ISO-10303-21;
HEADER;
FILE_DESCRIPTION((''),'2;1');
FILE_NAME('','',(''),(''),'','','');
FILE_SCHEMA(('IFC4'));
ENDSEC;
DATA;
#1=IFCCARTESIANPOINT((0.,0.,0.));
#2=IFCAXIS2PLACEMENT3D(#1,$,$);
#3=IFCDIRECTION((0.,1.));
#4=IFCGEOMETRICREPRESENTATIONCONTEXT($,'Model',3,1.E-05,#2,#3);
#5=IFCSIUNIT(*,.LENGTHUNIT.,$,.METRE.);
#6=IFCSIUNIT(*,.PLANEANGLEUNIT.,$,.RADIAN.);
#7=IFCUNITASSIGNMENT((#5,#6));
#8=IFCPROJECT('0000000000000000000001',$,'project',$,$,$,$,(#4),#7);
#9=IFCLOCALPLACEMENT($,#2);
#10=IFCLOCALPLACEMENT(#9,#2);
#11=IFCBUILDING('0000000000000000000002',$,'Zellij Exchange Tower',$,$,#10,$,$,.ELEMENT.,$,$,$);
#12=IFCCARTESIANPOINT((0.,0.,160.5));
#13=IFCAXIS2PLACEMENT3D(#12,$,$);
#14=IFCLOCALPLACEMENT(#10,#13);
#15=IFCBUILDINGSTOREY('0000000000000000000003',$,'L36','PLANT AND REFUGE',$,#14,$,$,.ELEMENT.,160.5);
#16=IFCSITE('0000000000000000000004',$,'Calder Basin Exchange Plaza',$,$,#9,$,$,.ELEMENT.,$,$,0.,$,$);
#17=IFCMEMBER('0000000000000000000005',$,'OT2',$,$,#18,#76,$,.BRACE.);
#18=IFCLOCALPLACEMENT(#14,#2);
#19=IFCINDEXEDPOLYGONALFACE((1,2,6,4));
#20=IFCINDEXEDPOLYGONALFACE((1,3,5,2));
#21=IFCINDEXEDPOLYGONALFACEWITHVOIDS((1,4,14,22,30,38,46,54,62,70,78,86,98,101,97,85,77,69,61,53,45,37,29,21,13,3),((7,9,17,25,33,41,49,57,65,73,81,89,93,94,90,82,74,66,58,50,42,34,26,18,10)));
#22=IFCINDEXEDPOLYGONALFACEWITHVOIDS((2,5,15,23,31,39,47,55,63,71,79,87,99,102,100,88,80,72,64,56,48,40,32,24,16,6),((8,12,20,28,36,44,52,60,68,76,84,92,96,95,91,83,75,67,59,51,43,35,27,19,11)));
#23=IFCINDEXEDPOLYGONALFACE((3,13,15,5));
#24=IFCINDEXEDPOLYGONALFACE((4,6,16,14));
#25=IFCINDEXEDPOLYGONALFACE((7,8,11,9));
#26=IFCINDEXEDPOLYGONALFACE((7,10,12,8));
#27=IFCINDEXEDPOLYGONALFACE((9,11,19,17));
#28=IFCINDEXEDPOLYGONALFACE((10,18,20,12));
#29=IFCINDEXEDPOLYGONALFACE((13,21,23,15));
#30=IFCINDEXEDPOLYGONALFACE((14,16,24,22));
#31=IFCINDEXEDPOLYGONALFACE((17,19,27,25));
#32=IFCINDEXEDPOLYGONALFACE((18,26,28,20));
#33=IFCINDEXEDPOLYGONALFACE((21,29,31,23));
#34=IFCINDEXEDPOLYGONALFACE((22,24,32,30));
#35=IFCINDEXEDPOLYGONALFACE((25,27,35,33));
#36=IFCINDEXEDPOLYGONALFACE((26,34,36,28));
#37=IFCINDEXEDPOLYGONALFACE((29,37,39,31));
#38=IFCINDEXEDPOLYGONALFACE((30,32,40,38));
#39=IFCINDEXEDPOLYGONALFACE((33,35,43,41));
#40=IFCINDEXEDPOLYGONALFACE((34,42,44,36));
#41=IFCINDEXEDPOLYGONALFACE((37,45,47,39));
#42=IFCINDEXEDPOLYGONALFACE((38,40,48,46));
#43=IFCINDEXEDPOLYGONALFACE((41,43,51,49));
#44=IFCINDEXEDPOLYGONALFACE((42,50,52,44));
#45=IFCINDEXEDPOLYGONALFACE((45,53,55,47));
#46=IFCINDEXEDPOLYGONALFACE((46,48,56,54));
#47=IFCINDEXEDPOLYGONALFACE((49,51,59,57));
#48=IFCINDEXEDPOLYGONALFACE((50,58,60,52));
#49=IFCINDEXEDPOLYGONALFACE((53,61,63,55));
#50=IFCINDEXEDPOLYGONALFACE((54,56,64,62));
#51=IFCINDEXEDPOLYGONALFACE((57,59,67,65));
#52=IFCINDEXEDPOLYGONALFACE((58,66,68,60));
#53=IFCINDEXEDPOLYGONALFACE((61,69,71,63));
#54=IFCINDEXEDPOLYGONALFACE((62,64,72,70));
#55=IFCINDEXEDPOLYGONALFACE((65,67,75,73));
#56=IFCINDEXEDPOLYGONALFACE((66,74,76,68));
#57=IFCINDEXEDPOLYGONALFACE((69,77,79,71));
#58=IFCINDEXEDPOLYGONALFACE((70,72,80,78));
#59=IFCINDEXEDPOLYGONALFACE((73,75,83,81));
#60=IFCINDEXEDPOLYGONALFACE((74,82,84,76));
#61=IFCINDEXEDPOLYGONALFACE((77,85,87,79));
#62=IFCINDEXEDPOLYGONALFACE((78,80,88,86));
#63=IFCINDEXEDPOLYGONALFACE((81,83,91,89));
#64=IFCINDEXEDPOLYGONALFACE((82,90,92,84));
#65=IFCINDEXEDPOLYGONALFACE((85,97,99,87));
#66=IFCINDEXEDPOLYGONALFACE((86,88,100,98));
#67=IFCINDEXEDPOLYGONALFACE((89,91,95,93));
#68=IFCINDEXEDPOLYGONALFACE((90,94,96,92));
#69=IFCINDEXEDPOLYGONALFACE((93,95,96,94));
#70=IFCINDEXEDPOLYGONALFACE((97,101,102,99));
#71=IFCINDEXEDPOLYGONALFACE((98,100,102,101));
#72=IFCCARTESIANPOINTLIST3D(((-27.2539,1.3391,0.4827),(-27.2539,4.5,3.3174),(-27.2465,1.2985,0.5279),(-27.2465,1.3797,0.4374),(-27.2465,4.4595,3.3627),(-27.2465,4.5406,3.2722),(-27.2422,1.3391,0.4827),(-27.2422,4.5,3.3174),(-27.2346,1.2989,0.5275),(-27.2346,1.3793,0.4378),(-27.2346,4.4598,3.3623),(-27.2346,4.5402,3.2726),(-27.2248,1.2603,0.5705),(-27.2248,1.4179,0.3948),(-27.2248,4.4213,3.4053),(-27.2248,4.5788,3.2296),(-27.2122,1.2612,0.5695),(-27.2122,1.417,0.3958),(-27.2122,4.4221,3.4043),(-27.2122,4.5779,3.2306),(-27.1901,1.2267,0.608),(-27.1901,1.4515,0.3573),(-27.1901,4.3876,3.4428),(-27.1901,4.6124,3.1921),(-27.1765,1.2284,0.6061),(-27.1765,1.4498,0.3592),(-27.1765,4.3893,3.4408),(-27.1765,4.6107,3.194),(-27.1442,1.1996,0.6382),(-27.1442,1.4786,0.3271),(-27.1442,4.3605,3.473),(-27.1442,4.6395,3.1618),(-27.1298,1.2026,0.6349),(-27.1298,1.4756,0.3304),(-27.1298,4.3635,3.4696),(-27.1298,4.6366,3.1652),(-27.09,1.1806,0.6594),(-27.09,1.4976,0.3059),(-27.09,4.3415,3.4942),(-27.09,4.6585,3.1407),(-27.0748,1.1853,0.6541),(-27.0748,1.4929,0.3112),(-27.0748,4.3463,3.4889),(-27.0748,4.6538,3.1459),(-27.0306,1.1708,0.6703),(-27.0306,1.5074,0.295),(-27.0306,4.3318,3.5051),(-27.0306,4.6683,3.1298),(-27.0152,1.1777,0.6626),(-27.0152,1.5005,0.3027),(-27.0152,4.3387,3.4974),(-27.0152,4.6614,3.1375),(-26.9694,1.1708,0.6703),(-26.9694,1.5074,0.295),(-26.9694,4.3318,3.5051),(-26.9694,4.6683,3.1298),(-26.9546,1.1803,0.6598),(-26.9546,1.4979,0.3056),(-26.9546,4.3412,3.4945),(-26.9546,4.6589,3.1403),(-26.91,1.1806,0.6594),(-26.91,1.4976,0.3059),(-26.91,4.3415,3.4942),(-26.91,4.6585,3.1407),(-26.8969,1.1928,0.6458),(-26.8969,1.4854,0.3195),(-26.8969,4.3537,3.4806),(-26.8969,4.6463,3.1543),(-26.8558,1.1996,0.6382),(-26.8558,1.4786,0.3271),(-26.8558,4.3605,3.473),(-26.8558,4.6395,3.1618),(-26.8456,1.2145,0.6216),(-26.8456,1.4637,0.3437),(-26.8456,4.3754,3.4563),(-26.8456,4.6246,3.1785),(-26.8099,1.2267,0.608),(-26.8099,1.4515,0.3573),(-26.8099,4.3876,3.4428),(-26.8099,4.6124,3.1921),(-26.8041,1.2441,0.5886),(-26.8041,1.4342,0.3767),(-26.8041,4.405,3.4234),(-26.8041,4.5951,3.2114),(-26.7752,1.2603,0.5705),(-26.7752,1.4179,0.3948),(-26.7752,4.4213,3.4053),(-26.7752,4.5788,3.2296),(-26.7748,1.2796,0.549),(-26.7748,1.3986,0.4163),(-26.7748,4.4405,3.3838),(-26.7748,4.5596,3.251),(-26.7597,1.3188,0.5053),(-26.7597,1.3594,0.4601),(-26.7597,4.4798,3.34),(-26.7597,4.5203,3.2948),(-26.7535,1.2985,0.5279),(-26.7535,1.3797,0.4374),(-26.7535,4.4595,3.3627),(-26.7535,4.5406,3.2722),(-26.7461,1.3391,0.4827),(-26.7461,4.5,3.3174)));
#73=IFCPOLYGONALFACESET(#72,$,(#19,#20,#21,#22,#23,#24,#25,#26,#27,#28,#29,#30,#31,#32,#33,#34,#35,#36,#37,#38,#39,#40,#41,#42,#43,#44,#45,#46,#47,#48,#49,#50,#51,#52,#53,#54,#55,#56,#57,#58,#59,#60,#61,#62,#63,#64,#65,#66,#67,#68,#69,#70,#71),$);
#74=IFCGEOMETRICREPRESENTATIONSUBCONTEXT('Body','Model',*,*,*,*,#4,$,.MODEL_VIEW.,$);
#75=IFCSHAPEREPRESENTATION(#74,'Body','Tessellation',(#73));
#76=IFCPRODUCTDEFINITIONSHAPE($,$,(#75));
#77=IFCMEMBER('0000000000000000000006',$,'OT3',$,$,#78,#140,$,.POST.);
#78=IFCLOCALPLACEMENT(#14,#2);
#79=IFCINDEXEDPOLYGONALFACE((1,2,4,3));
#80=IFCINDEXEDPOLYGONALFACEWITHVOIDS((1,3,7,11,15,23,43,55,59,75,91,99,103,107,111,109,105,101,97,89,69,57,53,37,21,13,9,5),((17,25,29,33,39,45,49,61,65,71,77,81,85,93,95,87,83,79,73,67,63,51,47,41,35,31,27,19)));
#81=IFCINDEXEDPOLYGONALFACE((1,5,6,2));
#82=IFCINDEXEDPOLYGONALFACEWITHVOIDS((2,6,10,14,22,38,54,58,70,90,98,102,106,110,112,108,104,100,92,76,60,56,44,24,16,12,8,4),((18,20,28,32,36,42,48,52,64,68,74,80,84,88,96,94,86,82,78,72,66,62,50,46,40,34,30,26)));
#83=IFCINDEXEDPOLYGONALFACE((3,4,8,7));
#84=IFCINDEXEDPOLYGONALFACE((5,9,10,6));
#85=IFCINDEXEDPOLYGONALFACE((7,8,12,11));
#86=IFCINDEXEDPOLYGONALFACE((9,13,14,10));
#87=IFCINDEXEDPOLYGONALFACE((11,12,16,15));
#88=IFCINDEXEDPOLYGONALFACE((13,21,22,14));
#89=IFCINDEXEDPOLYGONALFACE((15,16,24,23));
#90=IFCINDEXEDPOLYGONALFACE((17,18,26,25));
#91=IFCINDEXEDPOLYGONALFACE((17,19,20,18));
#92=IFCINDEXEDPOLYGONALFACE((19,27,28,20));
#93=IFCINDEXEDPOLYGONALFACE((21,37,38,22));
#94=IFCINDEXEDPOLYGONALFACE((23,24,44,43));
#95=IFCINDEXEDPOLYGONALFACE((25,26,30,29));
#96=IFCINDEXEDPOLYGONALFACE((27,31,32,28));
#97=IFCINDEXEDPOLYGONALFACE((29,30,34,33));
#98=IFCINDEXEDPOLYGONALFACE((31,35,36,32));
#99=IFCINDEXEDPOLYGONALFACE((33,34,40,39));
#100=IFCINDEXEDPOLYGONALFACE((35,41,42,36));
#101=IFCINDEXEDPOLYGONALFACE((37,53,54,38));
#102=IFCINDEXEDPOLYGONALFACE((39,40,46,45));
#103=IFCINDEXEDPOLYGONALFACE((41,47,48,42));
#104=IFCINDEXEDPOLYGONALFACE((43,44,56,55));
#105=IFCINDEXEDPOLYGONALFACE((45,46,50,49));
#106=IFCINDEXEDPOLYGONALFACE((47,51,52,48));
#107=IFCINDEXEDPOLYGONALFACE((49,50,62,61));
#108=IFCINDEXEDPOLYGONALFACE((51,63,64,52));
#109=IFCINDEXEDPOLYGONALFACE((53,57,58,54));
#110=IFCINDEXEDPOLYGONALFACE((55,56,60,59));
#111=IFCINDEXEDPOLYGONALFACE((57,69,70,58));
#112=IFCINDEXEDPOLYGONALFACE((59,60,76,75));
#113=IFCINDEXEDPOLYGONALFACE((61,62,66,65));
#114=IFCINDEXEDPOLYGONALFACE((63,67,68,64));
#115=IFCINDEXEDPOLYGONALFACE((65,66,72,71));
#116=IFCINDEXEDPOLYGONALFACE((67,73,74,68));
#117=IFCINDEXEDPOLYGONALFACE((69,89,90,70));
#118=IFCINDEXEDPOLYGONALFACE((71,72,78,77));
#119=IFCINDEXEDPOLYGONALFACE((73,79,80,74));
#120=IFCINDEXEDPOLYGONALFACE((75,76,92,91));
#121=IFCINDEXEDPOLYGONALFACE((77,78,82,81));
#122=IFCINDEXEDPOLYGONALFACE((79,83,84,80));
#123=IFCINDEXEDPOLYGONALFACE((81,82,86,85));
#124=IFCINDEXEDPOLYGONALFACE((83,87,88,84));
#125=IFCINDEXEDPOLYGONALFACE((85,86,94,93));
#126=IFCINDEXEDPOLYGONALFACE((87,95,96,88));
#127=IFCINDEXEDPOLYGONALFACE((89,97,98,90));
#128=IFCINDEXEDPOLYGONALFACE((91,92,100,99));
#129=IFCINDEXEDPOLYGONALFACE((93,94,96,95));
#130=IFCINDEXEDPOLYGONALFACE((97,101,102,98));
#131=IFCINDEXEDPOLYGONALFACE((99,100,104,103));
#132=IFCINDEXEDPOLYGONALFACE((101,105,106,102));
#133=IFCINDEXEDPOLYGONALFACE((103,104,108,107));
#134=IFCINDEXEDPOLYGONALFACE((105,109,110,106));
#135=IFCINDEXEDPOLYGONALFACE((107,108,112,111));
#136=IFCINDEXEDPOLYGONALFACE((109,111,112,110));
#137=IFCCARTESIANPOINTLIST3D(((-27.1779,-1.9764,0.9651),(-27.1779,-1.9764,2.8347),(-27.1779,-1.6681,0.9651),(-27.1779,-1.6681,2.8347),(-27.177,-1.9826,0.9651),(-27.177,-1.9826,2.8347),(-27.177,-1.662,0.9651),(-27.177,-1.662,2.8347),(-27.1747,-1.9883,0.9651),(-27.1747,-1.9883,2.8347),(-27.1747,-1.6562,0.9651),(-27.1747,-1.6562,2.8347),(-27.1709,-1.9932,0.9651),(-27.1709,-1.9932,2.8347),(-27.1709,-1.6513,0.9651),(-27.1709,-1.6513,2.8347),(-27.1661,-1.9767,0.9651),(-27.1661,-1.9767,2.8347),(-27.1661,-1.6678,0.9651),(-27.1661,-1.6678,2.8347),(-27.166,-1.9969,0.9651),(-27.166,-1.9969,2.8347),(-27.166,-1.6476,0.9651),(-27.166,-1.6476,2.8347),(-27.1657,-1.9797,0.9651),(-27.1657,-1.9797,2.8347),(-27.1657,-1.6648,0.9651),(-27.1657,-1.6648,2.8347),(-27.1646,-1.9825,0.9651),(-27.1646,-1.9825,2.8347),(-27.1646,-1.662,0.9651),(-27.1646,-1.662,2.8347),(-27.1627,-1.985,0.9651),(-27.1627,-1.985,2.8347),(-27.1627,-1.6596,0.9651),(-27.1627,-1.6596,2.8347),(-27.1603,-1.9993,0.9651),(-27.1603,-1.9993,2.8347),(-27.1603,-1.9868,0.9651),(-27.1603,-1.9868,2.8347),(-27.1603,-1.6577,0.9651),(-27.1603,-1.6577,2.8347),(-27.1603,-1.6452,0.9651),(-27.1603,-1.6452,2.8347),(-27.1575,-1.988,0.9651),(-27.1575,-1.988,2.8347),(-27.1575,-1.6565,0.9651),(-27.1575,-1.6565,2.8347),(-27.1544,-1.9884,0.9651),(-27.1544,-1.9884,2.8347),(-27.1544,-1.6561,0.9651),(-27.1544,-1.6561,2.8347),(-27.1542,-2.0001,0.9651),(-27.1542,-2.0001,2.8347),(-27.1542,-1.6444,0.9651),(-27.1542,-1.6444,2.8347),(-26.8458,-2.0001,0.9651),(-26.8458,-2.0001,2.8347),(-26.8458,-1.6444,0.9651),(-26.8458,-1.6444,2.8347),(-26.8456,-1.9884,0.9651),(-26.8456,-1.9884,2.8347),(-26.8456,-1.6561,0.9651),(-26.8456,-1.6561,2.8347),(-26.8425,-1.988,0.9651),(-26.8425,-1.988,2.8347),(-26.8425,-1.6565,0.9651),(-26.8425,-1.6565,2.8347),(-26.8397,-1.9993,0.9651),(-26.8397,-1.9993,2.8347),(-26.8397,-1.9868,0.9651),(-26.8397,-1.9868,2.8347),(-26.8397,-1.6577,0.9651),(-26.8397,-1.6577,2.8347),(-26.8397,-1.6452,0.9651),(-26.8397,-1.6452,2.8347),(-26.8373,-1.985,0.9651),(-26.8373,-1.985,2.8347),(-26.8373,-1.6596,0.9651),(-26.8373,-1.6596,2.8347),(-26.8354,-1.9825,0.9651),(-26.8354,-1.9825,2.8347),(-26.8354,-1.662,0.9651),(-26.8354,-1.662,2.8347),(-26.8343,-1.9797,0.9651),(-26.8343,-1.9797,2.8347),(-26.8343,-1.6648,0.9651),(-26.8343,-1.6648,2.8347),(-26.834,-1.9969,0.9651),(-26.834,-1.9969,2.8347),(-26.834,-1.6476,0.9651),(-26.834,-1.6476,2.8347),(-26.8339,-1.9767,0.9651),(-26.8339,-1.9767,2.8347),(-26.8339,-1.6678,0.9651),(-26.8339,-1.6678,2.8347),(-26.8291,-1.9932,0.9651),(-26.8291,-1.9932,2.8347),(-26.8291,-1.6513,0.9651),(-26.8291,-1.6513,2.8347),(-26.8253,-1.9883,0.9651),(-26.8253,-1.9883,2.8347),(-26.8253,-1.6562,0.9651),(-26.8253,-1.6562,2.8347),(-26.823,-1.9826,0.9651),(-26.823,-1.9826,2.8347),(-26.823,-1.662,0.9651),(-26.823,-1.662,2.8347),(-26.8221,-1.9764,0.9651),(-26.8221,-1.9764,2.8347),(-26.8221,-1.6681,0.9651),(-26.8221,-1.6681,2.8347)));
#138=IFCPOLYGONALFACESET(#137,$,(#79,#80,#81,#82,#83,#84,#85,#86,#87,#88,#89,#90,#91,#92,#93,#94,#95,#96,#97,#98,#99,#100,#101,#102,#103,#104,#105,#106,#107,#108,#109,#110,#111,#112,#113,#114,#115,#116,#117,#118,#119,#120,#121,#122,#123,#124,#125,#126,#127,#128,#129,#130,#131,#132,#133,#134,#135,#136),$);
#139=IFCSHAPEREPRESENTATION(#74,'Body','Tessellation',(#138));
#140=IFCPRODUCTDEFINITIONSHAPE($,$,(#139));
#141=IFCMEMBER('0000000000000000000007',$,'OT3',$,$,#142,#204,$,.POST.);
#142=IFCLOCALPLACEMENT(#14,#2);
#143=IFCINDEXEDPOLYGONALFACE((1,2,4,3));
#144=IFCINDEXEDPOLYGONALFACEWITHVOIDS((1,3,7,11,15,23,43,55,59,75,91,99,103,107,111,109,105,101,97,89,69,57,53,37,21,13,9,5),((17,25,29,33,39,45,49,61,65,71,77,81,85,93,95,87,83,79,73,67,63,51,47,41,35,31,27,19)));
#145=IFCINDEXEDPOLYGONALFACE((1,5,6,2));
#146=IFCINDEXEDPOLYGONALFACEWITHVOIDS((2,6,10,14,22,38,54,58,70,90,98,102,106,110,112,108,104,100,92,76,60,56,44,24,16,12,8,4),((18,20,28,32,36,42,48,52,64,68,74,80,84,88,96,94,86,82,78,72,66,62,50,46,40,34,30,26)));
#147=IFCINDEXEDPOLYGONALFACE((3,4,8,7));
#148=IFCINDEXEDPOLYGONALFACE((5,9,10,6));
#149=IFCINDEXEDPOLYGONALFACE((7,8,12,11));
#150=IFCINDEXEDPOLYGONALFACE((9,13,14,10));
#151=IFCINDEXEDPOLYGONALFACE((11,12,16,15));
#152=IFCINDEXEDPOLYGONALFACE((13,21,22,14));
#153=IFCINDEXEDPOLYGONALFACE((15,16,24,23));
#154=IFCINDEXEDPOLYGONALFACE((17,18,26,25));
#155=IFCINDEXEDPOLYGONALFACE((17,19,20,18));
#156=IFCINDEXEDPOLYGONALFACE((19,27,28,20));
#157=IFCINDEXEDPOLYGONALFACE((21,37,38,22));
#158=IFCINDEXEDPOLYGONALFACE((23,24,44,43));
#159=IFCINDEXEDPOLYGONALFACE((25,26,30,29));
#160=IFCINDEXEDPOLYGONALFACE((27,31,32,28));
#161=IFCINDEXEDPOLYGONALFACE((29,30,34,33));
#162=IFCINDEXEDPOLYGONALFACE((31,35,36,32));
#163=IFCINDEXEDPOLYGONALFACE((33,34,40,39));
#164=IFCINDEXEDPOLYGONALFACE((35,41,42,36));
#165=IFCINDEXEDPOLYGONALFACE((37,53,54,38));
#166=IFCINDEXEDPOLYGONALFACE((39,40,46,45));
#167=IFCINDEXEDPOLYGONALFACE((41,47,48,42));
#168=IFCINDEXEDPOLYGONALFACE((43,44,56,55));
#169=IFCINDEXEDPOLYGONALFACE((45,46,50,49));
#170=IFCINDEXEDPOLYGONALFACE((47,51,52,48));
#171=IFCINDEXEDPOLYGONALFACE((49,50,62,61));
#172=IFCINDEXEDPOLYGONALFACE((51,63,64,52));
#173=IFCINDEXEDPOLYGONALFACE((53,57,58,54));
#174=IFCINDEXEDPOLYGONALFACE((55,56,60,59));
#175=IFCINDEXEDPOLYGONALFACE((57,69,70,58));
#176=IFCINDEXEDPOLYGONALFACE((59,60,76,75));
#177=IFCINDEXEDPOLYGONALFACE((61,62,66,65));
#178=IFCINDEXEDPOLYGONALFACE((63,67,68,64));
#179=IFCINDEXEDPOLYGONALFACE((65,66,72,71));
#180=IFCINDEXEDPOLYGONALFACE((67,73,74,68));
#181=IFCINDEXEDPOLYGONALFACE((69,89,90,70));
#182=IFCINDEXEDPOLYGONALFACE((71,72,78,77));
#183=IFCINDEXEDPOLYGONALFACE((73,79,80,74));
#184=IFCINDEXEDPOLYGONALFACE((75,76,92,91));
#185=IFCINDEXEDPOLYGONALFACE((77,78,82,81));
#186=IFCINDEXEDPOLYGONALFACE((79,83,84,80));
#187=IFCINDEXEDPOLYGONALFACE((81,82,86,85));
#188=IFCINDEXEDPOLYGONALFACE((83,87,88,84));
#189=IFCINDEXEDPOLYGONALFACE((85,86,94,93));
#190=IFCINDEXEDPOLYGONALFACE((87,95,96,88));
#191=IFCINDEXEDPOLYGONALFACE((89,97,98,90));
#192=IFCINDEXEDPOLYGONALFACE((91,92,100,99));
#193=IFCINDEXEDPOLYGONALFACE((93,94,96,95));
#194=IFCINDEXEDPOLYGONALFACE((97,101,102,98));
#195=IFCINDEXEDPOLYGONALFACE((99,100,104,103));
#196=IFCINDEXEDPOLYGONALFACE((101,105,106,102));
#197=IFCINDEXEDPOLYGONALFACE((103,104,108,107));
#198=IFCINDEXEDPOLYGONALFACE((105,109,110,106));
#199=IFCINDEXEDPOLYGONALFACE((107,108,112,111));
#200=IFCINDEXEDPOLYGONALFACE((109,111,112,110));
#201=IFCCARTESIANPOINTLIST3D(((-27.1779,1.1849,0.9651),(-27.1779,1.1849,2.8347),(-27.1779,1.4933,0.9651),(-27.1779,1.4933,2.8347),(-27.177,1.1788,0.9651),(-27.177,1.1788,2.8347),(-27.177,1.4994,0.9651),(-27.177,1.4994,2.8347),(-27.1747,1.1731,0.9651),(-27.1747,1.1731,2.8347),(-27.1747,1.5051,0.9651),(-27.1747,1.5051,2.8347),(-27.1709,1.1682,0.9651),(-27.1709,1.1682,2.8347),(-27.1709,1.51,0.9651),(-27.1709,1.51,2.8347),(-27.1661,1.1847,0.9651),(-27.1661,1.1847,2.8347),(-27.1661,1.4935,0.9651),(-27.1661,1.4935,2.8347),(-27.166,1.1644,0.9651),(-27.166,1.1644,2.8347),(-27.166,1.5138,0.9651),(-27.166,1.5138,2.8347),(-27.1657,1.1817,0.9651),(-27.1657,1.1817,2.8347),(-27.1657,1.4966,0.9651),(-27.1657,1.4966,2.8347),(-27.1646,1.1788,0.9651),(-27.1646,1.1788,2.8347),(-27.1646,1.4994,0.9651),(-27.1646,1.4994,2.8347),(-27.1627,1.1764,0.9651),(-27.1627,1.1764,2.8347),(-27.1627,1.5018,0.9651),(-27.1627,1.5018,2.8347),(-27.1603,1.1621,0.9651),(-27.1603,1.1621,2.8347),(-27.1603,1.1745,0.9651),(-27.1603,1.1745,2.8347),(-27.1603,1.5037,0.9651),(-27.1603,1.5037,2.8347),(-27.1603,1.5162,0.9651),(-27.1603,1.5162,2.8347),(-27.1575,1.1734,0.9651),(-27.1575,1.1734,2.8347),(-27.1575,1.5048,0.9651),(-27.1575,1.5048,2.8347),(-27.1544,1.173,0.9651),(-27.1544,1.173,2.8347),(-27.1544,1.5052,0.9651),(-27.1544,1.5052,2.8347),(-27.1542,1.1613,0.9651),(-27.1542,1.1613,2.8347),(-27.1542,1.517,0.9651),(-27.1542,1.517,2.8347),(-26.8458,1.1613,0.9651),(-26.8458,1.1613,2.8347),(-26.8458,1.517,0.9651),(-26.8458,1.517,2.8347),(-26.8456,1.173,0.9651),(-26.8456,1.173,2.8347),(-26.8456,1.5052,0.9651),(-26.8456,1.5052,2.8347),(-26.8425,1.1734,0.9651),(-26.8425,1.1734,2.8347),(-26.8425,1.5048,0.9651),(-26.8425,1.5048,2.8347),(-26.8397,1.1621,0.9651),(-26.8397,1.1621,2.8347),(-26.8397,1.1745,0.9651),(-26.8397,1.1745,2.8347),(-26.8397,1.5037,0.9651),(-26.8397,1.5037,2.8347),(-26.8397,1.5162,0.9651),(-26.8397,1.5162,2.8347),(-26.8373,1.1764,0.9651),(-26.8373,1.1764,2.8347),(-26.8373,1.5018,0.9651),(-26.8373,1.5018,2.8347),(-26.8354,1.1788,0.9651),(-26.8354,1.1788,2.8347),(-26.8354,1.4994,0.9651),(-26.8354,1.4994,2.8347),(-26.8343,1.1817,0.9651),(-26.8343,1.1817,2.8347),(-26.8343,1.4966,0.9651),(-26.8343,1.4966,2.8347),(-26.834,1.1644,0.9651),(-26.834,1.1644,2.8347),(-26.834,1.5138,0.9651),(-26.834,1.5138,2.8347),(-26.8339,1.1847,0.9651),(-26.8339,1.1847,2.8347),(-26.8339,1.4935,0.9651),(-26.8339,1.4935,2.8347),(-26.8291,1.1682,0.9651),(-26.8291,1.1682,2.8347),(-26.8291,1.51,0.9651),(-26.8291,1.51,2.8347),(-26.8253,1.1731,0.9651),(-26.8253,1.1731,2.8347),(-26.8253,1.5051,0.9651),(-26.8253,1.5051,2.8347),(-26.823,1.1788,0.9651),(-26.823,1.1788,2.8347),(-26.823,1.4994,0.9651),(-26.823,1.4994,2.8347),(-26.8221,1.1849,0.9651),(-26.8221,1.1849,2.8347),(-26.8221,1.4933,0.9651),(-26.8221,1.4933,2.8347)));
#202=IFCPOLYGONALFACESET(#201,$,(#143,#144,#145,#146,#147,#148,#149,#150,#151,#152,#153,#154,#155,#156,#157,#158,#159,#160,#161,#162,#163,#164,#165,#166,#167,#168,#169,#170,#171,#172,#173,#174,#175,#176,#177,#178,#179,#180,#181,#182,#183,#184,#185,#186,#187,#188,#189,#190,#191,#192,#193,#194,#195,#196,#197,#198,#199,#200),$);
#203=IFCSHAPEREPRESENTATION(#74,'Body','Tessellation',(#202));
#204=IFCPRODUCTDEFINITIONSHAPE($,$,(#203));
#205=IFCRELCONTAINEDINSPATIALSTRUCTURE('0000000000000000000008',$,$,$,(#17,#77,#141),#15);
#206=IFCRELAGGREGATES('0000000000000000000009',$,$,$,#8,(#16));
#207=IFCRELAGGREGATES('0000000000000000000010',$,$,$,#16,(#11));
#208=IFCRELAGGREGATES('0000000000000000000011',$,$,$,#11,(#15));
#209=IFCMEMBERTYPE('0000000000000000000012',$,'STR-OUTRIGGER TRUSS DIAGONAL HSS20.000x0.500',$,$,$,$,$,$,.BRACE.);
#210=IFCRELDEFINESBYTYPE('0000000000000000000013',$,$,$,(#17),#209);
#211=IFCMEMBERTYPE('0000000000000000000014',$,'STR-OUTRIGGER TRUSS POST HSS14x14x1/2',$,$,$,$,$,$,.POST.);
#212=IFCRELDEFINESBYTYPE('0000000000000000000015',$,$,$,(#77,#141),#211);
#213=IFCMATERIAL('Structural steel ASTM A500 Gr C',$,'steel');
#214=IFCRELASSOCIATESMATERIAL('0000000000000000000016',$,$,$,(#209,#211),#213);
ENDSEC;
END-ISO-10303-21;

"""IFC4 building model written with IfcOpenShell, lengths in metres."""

from ifc_helpers import new_model, si_unit, direction, frame, origin, origin_2d, place, context, subcontext, project, spatial, hollow_rectangle, hollow_circle, extrude, material, material_profile, profile_set, type_object, element, save


model = new_model("IFC4")

# Units and contexts
model_context = context("Model", 3, precision=1e-05, world=origin(), true_north=direction((0.0, 1.0)))
body_context = subcontext(model_context, "Body", "Model", "MODEL_VIEW")
ifc_project = project(units=[si_unit("LENGTHUNIT", "METRE"), si_unit("PLANEANGLEUNIT", "RADIAN")], contexts=[model_context])

# Site, building, storey
site_placement = place(None, origin())
site = spatial("IfcSite", under=ifc_project, at=site_placement, Name="Calder Basin Exchange Plaza", CompositionType="ELEMENT", RefElevation=0.0)
building_placement = place(site_placement, origin())
building = spatial("IfcBuilding", under=site, at=building_placement, Name="Zellij Exchange Tower", CompositionType="ELEMENT")
storey_placement = place(building_placement, frame((0.0, 0.0, 160.5)))
storey = spatial("IfcBuildingStorey", under=building, at=storey_placement, Name="L36", Description="PLANT AND REFUGE", CompositionType="ELEMENT", Elevation=160.5)

# Members
ifc_material_1 = material(Name="Structural steel ASTM A500 Gr C", Category="steel")
ifc_material_profile_1 = material_profile(ifc_material_1, hollow_circle(Radius=0.2539, WallThickness=0.0117, at=origin_2d()), Name="STR-OUTRIGGER TRUSS DIAGONAL HSS20.000x0.500")
ifc_profile_set_1 = profile_set([ifc_material_profile_1], Name="Structural steel ASTM A500 Gr C")
member_type_1 = type_object("IfcMemberType", Name="STR-OUTRIGGER TRUSS DIAGONAL HSS20.000x0.500", PredefinedType="BRACE", material=ifc_profile_set_1)
member_1_placement = place(storey_placement, frame((-27.0, 1.3391, 0.4827), z_axis=(0.0, 0.744474, 0.667652), x_axis=(-1.0, 0.0, 0.0)))
element("IfcMember", 1, at=member_1_placement, inside=storey, type_object=member_type_1, Name="OT2", PredefinedType="BRACE", context=body_context, shape_type="SweptSolid", body=[
    extrude(hollow_circle(Radius=0.2539, WallThickness=0.0117, at=origin_2d()), origin(), (0.0, 0.0, 1.0), 4.2458),
])
ifc_material_profile_2 = material_profile(ifc_material_1, hollow_rectangle(XDim=0.3557, YDim=0.3557, WallThickness=0.0117, InnerFilletRadius=0.0117, OuterFilletRadius=0.0237, at=origin_2d()), Name="STR-OUTRIGGER TRUSS POST HSS14x14x1/2")
ifc_profile_set_2 = profile_set([ifc_material_profile_2], Name="Structural steel ASTM A500 Gr C")
member_type_2 = type_object("IfcMemberType", Name="STR-OUTRIGGER TRUSS POST HSS14x14x1/2", PredefinedType="POST", material=ifc_profile_set_2)
for number, where, z_axis, x_axis, name in (
    (2, (-27.0, -1.8223, 0.9651), (0.0, 0.0, 1.0), (1.0, 0.0, 0.0), "OT3"),
    (3, (-27.0, 1.3391, 0.9651), (0.0, 0.0, 1.0), (1.0, 0.0, 0.0), "OT3"),
):
    element("IfcMember", number, at=place(storey_placement, frame(where, z_axis=z_axis, x_axis=x_axis)), inside=storey, type_object=member_type_2, Name=name, PredefinedType="POST", context=body_context, shape_type="SweptSolid", body=[
        extrude(hollow_rectangle(XDim=0.3557, YDim=0.3557, WallThickness=0.0117, InnerFilletRadius=0.0117, OuterFilletRadius=0.0237, at=origin_2d()), origin(), (0.0, 0.0, 1.0), 1.8696),
    ])

save(model, "model.ifc")
